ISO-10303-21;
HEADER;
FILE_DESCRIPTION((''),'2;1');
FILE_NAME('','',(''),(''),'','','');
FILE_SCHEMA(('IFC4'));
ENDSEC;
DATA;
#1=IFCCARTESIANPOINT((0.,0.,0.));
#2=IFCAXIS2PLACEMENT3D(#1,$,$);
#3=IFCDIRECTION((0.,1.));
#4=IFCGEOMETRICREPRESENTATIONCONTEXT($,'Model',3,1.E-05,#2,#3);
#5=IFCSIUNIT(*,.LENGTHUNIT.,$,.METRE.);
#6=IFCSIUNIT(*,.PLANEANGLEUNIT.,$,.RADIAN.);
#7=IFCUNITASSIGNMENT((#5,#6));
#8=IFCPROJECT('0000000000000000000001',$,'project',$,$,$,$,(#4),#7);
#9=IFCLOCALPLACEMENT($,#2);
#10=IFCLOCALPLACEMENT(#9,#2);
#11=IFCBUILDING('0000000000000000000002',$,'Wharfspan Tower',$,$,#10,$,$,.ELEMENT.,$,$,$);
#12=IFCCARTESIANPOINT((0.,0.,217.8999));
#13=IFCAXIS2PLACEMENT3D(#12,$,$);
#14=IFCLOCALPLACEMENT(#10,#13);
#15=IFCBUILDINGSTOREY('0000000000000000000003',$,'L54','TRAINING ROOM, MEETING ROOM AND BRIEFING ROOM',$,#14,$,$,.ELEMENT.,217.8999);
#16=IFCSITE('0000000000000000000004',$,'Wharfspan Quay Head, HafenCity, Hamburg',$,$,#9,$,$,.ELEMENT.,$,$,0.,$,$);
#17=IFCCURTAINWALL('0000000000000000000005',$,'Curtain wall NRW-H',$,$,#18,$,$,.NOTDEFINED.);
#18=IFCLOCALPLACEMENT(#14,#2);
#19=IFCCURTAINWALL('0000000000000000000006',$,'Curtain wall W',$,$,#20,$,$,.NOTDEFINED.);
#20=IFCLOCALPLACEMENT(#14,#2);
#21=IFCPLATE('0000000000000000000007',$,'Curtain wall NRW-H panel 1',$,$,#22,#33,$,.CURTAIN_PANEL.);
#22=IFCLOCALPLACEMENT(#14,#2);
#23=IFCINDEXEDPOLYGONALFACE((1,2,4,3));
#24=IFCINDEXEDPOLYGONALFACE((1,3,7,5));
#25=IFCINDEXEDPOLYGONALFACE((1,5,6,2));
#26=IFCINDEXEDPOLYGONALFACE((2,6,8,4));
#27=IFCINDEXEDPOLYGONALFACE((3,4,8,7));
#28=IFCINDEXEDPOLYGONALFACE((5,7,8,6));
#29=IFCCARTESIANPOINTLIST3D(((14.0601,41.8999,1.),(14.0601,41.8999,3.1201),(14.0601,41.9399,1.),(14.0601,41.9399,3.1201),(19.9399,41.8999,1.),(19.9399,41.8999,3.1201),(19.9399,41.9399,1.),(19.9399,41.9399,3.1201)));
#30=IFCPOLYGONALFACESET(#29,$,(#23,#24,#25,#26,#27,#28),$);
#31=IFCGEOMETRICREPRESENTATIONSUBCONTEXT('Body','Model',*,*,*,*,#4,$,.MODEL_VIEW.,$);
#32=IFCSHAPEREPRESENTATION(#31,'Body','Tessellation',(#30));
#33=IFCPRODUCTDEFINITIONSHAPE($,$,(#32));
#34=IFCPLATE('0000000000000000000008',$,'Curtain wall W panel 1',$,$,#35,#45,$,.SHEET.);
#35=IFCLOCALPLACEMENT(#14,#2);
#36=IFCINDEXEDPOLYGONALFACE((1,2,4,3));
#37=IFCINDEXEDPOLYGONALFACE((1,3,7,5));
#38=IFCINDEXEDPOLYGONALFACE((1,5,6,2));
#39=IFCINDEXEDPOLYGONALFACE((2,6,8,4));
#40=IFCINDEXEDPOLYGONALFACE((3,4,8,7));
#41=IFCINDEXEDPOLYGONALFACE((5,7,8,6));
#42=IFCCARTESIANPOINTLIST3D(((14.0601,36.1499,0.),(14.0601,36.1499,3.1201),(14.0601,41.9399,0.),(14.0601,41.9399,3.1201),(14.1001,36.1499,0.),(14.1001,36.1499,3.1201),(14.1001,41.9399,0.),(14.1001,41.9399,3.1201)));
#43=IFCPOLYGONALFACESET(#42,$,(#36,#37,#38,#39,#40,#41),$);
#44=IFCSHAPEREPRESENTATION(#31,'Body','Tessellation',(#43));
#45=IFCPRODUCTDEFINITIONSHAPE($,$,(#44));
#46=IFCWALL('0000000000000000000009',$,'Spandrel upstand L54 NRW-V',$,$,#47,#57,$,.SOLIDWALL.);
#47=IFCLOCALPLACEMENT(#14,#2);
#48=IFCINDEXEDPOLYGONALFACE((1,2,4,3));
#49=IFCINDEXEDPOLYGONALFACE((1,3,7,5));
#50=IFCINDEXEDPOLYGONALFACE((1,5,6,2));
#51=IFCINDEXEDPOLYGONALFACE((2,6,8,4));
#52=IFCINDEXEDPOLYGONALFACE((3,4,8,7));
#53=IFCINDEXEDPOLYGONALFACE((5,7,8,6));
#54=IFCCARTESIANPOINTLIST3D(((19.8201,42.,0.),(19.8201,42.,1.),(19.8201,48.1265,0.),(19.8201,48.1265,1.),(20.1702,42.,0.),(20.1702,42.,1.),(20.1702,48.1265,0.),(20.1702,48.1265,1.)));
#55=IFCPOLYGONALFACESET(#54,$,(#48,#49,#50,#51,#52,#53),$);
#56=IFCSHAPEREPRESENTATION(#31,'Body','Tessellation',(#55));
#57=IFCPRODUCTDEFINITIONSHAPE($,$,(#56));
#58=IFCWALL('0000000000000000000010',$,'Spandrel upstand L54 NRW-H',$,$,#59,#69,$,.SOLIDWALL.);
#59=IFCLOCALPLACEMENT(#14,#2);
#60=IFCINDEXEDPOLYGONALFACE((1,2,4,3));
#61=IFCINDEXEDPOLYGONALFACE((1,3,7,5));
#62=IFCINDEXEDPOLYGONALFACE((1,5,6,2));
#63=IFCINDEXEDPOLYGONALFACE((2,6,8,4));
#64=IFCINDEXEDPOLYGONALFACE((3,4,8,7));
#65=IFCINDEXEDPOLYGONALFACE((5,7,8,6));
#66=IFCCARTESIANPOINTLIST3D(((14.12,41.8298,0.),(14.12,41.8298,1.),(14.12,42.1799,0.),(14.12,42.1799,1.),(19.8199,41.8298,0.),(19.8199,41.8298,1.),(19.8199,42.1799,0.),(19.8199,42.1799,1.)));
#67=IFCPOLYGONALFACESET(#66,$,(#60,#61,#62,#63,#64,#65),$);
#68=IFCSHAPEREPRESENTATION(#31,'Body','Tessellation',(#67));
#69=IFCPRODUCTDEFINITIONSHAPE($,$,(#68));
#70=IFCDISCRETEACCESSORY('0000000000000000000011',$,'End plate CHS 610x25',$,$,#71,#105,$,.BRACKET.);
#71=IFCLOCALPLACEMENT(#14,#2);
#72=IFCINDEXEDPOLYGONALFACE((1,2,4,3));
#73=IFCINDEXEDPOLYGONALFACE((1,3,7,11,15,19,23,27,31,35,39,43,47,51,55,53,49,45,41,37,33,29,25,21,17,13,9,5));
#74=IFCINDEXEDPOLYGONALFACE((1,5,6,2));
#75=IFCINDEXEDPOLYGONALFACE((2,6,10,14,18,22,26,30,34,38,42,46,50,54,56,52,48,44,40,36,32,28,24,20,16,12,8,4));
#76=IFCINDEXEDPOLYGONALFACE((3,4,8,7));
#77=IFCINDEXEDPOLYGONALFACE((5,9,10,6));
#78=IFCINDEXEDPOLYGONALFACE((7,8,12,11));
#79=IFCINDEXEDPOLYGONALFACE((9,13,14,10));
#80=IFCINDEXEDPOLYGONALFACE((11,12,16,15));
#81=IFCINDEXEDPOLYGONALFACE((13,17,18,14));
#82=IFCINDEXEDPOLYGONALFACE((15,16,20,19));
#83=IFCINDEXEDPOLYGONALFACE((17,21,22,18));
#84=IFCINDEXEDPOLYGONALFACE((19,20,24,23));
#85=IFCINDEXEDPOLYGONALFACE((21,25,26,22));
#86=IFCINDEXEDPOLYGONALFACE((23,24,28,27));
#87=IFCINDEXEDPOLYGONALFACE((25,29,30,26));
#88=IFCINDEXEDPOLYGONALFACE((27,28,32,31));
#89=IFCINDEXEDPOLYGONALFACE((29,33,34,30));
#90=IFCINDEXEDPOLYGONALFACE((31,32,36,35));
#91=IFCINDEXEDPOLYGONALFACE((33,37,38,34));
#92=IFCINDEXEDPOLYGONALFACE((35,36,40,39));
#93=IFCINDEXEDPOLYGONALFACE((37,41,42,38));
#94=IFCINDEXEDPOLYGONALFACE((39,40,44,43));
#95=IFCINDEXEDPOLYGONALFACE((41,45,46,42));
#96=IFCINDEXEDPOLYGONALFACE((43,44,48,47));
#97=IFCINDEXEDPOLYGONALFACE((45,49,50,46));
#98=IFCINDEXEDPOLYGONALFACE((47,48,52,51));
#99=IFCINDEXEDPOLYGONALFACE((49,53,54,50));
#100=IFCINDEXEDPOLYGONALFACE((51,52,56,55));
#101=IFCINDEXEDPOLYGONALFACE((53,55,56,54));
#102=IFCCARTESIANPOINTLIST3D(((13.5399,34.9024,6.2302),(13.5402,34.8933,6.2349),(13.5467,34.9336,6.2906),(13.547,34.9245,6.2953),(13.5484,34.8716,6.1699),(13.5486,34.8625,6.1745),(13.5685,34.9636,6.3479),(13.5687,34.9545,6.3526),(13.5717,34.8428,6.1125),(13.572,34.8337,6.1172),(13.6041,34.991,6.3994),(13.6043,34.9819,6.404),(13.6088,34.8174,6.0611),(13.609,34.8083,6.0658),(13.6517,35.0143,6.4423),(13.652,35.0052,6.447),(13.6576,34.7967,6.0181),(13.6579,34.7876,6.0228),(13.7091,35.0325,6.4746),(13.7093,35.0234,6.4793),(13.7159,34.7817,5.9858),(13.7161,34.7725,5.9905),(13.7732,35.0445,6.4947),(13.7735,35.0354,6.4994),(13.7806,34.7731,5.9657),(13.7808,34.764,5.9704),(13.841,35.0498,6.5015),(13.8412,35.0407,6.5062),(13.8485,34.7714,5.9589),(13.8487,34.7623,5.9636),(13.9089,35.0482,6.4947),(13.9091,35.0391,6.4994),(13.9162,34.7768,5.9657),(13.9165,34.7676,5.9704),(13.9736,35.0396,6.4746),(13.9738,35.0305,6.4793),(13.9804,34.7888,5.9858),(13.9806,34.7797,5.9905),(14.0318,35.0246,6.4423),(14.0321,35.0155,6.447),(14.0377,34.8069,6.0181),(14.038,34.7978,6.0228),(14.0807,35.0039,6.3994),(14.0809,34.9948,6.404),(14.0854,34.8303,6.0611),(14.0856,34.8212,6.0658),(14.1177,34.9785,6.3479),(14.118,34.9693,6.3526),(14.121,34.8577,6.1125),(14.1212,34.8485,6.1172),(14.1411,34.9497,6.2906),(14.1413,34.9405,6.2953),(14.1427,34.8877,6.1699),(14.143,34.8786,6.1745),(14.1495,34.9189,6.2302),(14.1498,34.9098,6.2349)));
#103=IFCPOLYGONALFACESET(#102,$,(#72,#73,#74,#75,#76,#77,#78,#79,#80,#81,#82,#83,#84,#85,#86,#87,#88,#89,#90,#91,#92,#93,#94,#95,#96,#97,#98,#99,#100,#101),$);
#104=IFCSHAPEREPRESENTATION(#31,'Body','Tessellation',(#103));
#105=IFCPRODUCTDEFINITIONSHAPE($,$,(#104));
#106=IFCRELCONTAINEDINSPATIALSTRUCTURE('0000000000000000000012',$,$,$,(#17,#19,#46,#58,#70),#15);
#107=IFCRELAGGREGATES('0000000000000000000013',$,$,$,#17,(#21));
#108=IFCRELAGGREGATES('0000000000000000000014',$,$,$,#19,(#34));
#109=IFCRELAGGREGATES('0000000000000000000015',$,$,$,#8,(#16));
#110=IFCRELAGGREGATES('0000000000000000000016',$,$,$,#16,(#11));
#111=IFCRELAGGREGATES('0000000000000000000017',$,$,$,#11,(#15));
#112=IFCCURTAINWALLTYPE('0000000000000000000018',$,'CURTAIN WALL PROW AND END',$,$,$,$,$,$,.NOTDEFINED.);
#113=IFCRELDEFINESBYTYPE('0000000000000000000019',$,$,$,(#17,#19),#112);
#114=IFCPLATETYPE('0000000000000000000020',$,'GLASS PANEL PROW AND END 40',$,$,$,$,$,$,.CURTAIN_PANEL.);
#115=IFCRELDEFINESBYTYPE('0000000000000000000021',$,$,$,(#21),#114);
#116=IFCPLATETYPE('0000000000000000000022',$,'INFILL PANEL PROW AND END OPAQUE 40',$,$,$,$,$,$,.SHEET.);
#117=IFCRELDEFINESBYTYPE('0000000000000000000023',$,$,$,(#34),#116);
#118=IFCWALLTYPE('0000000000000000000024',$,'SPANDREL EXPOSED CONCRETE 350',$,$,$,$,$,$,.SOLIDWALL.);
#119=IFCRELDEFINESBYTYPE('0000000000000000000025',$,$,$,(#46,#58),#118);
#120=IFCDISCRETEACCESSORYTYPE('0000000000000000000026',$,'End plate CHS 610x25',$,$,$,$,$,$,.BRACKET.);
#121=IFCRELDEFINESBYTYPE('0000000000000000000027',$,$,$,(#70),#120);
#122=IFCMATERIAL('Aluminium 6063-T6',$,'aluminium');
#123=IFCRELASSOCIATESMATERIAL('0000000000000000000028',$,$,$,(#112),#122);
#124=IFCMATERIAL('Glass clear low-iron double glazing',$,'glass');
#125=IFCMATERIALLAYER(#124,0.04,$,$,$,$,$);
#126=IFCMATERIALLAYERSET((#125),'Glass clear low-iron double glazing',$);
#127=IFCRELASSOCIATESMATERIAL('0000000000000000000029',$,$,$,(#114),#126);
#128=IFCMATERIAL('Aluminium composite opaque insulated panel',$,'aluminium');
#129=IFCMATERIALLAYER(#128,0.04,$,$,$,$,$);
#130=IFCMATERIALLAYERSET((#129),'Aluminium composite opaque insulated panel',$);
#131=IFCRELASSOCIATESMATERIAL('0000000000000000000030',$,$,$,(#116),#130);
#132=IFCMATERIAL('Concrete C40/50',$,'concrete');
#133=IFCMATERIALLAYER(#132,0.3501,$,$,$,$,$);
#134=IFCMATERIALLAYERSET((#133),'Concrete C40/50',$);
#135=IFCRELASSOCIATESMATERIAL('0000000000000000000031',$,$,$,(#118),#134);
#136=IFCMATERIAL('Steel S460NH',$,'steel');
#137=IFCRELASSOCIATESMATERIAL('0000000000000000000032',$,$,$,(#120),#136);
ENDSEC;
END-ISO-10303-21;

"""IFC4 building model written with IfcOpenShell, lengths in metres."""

from ifc_helpers import new_model, si_unit, direction, frame, frame_2d, origin, origin_2d, place, context, subcontext, project, spatial, rectangle, circle, extrude, material, layer, layer_set, material_profile, profile_set, type_object, element, aggregate, save


model = new_model("IFC4")

# Units and contexts
model_context = context("Model", 3, precision=1e-05, world=origin(), true_north=direction((0.0, 1.0)))
body_context = subcontext(model_context, "Body", "Model", "MODEL_VIEW")
ifc_project = project(units=[si_unit("LENGTHUNIT", "METRE"), si_unit("PLANEANGLEUNIT", "RADIAN")], contexts=[model_context])

# Site, building, storey
site_placement = place(None, origin())
site = spatial("IfcSite", under=ifc_project, at=site_placement, Name="Wharfspan Quay Head, HafenCity, Hamburg", CompositionType="ELEMENT", RefElevation=0.0)
building_placement = place(site_placement, origin())
building = spatial("IfcBuilding", under=site, at=building_placement, Name="Wharfspan Tower", CompositionType="ELEMENT")
storey_placement = place(building_placement, frame((0.0, 0.0, 217.8999)))
storey = spatial("IfcBuildingStorey", under=building, at=storey_placement, Name="L54", Description="TRAINING ROOM, MEETING ROOM AND BRIEFING ROOM", CompositionType="ELEMENT", Elevation=217.8999)

# Curtain walls
ifc_material_1 = material(Name="Aluminium 6063-T6", Category="aluminium")
curtain_wall_type = type_object("IfcCurtainWallType", Name="CURTAIN WALL PROW AND END", PredefinedType="NOTDEFINED", material=ifc_material_1)
curtain_wall_1_placement = place(storey_placement, origin())
curtain_wall_1 = element("IfcCurtainWall", 1, at=curtain_wall_1_placement, inside=storey, type_object=curtain_wall_type, Name="Curtain wall NRW-H", PredefinedType="NOTDEFINED")
curtain_wall_2_placement = place(storey_placement, origin())
curtain_wall_2 = element("IfcCurtainWall", 2, at=curtain_wall_2_placement, inside=storey, type_object=curtain_wall_type, Name="Curtain wall W", PredefinedType="NOTDEFINED")

# Shared definitions
ifc_material_2 = material(Name="Steel S460NH", Category="steel")

# Plates
ifc_material_3 = material(Name="Glass clear low-iron double glazing", Category="glass")
ifc_layer_1 = layer(ifc_material_3, 0.04)
ifc_layer_set_1 = layer_set([ifc_layer_1], Name="Glass clear low-iron double glazing")
plate_type_1 = type_object("IfcPlateType", Name="GLASS PANEL PROW AND END 40", PredefinedType="CURTAIN_PANEL", material=ifc_layer_set_1)
plate_1_placement = place(storey_placement, frame((17.0, 41.9199, 1.0), z_axis=(0.0, 0.0, 1.0), x_axis=(-1.0, 0.0, 0.0)))
plate_1 = element("IfcPlate", 3, at=plate_1_placement, type_object=plate_type_1, Name="Curtain wall NRW-H panel 1", PredefinedType="CURTAIN_PANEL", context=body_context, shape_type="SweptSolid", body=[
    extrude(rectangle(XDim=5.8799, YDim=0.04, at=origin_2d()), origin(), (0.0, 0.0, 1.0), 2.1201),
])
aggregate(curtain_wall_1, [plate_1])
ifc_material_4 = material(Name="Aluminium composite opaque insulated panel", Category="aluminium")
ifc_layer_2 = layer(ifc_material_4, 0.04)
ifc_layer_set_2 = layer_set([ifc_layer_2], Name="Aluminium composite opaque insulated panel")
plate_type_2 = type_object("IfcPlateType", Name="INFILL PANEL PROW AND END OPAQUE 40", PredefinedType="SHEET", material=ifc_layer_set_2)
plate_2_placement = place(storey_placement, frame((14.0801, 39.0449, 0.0), z_axis=(0.0, 0.0, 1.0), x_axis=(0.0, -1.0, 0.0)))
plate_2 = element("IfcPlate", 4, at=plate_2_placement, type_object=plate_type_2, Name="Curtain wall W panel 1", PredefinedType="SHEET", context=body_context, shape_type="SweptSolid", body=[
    extrude(rectangle(XDim=5.79, YDim=0.04, at=origin_2d()), origin(), (0.0, 0.0, 1.0), 3.1201),
])
aggregate(curtain_wall_2, [plate_2])

# Walls
ifc_material_5 = material(Name="Concrete C40/50", Category="concrete")
ifc_layer_3 = layer(ifc_material_5, 0.3501)
ifc_layer_set_3 = layer_set([ifc_layer_3], Name="Concrete C40/50")
wall_type = type_object("IfcWallType", Name="SPANDREL EXPOSED CONCRETE 350", PredefinedType="SOLIDWALL", material=ifc_layer_set_3)
wall_1_placement = place(storey_placement, frame((19.9951, 48.1265, 0.0), z_axis=(0.0, 0.0, 1.0), x_axis=(0.0, -1.0, 0.0)))
element("IfcWall", 5, at=wall_1_placement, inside=storey, type_object=wall_type, Name="Spandrel upstand L54 NRW-V", PredefinedType="SOLIDWALL", context=body_context, shape_type="SweptSolid", body=[
    extrude(rectangle(XDim=6.1265, YDim=0.3501, at=frame_2d((3.0632, 0.0))), origin(), (0.0, 0.0, 1.0), 1.0),
])
wall_2_placement = place(storey_placement, frame((19.8201, 42.0049, 0.0), z_axis=(0.0, 0.0, 1.0), x_axis=(-1.0, 0.0, 0.0)))
element("IfcWall", 6, at=wall_2_placement, inside=storey, type_object=wall_type, Name="Spandrel upstand L54 NRW-H", PredefinedType="SOLIDWALL", context=body_context, shape_type="SweptSolid", body=[
    extrude(rectangle(XDim=5.7, YDim=0.3501, at=frame_2d((2.8501, 0.0))), origin(), (0.0, 0.0, 1.0), 1.0),
])

# Discrete accessory
ifc_material_profile_1 = material_profile(ifc_material_2, circle(Radius=0.3049, at=origin_2d()))
ifc_profile_set_1 = profile_set([ifc_material_profile_1], Name="Steel S460NH")
discrete_accessory_type = type_object("IfcDiscreteAccessoryType", Name="End plate CHS 610x25", PredefinedType="BRACKET", material=ifc_profile_set_1)
discrete_accessory_placement = place(storey_placement, frame((13.8447, 34.9106, 6.2302), z_axis=(0.024035, -0.88931, 0.456673), x_axis=(0.999631, 0.027015, -0.000003)))
element("IfcDiscreteAccessory", 7, at=discrete_accessory_placement, inside=storey, type_object=discrete_accessory_type, Name="End plate CHS 610x25", PredefinedType="BRACKET", context=body_context, shape_type="SweptSolid", body=[
    extrude(circle(Radius=0.3049, at=origin_2d()), origin(), (0.0, 0.0, 1.0), 0.0103),
])

save(model, "model.ifc")
